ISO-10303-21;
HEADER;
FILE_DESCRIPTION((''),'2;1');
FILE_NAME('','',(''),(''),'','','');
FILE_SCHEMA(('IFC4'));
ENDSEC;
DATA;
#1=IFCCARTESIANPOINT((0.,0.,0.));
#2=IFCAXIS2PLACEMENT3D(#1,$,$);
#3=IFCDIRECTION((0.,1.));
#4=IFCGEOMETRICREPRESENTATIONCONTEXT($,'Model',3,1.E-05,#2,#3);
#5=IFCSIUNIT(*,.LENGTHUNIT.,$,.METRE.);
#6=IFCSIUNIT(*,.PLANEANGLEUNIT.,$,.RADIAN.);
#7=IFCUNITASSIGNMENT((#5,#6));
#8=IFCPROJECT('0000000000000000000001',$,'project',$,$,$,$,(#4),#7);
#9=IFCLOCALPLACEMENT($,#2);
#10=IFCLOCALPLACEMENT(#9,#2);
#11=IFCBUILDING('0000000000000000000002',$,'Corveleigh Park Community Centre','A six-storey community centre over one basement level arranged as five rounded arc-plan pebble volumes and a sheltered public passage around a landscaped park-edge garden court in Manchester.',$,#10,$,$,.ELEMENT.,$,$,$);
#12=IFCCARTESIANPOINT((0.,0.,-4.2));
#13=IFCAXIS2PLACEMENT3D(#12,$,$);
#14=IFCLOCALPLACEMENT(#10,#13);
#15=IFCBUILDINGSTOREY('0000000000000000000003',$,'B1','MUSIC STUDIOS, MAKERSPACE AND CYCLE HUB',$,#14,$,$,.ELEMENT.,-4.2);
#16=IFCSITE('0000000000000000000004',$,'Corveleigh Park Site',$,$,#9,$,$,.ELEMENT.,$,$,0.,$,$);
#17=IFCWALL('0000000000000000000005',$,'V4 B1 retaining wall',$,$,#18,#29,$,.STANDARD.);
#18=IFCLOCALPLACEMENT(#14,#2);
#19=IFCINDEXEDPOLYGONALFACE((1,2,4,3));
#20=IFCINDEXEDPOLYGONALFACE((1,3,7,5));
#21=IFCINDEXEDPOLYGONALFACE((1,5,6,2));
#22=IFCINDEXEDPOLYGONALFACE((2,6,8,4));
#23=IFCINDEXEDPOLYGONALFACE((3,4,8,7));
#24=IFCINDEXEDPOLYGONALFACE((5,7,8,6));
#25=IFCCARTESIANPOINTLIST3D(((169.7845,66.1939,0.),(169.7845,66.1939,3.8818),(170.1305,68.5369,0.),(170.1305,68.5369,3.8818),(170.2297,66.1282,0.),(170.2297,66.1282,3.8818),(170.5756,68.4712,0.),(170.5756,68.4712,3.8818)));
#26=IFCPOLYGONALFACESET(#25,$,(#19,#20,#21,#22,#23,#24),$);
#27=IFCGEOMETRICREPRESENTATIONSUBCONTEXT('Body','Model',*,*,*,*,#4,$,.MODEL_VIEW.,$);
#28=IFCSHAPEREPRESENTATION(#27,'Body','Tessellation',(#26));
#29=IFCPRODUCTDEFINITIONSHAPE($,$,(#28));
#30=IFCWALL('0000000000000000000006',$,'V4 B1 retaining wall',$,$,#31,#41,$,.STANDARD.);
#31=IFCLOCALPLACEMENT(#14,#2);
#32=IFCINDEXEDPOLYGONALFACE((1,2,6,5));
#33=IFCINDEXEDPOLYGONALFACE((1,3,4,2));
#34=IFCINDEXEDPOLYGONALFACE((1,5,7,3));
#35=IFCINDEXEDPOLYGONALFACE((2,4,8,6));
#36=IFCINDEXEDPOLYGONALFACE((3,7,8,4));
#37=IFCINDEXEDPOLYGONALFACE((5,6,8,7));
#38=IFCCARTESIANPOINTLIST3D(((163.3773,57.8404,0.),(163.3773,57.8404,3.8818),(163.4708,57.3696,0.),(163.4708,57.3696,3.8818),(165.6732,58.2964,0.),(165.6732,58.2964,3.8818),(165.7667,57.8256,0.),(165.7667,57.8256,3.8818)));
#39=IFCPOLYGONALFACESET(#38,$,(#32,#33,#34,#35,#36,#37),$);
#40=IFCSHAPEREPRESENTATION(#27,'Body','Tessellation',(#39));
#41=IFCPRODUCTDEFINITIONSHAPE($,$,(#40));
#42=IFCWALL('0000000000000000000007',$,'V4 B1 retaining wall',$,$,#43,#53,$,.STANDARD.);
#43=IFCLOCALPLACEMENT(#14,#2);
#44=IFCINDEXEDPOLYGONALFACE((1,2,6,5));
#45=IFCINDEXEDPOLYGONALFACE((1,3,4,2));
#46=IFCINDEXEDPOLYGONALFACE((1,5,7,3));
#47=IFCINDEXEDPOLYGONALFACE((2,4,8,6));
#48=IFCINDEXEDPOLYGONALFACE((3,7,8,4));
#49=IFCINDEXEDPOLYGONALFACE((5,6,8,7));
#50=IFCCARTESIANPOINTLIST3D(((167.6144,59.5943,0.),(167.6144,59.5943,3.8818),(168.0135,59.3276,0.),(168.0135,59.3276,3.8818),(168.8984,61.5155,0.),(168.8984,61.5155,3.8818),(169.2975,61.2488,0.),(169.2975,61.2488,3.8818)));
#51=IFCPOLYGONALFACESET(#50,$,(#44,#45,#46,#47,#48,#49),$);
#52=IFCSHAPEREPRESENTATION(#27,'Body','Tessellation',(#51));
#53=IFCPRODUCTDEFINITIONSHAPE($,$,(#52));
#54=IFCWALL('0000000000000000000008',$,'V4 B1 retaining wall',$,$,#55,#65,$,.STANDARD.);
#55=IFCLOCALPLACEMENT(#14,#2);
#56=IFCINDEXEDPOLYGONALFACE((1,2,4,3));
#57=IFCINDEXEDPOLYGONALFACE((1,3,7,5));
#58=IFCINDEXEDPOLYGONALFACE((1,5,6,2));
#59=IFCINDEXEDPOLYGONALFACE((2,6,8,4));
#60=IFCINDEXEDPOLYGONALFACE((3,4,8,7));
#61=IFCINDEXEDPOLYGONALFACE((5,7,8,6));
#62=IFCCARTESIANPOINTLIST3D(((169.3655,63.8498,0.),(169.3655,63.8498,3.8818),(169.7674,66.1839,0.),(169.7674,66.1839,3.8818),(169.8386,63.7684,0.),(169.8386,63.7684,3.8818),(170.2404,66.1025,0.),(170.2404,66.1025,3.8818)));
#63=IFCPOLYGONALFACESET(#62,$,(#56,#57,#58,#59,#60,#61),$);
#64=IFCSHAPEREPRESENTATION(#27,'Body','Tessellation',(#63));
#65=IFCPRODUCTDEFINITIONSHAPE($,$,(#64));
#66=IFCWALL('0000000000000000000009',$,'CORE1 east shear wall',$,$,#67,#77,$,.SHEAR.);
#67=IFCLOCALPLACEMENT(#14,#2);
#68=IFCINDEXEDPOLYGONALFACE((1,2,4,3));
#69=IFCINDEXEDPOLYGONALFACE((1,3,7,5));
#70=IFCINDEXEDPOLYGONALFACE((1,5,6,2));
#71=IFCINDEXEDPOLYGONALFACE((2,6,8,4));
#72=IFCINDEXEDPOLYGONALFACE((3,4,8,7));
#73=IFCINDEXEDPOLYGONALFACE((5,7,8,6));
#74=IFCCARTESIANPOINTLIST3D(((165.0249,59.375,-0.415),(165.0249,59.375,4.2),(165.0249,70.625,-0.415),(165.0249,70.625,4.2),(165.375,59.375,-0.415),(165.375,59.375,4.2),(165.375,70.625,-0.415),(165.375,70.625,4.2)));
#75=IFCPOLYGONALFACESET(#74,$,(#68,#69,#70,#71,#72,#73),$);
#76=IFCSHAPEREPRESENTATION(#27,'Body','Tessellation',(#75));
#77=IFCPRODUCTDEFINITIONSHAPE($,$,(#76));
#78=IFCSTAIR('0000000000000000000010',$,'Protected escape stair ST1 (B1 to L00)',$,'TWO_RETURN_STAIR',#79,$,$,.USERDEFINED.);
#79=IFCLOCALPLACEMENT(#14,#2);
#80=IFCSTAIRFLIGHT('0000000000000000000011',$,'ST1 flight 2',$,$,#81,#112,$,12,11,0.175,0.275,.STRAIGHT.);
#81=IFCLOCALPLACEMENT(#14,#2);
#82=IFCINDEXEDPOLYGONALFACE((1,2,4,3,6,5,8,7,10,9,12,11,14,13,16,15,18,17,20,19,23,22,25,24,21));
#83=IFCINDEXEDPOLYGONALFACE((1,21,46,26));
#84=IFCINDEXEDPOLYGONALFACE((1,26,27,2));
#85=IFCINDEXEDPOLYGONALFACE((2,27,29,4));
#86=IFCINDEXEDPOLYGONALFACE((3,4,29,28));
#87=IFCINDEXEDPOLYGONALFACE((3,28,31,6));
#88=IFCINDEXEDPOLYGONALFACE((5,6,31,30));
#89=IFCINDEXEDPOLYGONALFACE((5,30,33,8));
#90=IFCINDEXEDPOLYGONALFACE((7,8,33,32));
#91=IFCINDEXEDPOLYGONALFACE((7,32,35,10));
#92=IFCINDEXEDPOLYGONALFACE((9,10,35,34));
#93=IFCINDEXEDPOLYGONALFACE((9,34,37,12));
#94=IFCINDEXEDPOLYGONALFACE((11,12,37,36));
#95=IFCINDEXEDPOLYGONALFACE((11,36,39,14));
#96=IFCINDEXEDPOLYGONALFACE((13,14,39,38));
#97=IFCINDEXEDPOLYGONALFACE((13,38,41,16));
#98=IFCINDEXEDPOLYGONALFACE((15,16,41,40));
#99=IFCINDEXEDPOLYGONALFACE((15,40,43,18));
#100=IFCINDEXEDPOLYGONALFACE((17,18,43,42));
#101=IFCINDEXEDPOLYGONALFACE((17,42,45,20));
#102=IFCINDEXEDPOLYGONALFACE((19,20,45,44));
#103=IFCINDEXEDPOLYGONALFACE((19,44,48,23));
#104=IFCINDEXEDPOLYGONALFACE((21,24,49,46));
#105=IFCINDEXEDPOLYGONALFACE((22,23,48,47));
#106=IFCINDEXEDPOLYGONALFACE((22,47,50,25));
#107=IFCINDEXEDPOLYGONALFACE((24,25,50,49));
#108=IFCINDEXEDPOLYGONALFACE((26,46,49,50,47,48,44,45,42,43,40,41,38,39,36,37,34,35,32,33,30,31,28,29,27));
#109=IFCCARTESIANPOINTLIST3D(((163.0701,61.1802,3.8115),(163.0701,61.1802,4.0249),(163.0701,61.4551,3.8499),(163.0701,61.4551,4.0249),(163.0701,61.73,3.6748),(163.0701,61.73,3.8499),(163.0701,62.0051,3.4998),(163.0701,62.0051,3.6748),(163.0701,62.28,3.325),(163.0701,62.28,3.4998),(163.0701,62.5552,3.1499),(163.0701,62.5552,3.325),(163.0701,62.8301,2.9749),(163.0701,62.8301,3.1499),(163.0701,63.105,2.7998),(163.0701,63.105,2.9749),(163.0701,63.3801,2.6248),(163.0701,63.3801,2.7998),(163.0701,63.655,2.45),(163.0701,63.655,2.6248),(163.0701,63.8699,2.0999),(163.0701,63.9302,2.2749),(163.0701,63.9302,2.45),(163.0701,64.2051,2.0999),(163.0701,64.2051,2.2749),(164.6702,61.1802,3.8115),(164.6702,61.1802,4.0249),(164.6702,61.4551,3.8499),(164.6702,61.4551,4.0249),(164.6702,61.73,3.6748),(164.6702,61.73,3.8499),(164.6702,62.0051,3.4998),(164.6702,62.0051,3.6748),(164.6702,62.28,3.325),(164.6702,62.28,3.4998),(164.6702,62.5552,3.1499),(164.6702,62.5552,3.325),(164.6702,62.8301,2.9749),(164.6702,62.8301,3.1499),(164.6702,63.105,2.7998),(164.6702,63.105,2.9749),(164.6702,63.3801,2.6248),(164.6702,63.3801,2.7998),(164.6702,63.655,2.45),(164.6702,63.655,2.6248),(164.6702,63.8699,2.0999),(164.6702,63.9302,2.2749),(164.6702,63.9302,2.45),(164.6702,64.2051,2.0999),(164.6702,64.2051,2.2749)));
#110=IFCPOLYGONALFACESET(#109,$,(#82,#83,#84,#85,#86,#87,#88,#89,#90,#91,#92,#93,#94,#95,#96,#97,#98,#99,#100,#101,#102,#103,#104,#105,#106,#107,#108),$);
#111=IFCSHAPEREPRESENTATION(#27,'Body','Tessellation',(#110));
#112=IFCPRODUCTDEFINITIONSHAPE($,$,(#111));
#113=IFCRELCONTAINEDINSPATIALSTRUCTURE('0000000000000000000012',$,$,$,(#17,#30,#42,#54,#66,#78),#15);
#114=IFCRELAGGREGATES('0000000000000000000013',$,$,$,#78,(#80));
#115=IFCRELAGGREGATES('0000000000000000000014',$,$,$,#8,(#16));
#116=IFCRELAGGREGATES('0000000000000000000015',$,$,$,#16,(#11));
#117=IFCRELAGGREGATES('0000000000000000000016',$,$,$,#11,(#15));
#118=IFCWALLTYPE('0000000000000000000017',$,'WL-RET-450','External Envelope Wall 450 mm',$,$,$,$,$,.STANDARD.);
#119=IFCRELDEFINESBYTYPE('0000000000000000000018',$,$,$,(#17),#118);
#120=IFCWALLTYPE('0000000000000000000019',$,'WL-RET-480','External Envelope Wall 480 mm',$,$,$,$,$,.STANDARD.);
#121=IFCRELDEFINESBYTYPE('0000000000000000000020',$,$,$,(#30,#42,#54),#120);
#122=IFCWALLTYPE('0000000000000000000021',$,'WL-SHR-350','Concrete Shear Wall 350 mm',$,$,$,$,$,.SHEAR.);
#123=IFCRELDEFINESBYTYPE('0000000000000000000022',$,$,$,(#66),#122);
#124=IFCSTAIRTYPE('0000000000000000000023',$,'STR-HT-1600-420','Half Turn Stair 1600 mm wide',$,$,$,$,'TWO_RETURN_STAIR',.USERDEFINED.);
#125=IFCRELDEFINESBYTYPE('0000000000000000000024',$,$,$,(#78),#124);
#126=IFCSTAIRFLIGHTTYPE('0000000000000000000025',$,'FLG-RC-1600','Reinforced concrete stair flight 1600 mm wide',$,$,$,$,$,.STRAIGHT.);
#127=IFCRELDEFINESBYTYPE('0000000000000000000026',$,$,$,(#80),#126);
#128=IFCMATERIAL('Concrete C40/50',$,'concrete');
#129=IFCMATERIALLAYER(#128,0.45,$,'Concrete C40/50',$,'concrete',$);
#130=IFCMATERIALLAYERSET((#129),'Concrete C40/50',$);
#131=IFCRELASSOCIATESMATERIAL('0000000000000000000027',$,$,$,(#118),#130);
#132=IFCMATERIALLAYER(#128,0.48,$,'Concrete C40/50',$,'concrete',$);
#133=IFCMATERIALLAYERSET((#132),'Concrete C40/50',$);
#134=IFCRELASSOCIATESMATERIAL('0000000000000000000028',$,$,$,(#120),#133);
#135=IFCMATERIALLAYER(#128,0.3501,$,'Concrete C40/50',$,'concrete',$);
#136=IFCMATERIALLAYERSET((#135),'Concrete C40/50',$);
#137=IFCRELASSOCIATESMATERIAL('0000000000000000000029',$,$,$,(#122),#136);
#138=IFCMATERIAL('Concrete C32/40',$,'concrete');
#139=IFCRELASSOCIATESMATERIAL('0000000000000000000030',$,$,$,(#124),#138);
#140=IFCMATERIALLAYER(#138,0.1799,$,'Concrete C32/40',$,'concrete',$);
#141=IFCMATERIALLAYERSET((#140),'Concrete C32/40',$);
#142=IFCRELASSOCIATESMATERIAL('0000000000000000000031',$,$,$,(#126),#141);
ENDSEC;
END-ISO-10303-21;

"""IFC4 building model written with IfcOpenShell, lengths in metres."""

from ifc_helpers import new_model, si_unit, direction, frame, frame_2d, origin, place, context, subcontext, project, spatial, polyline, rectangle, outline, extrude, material, layer, layer_set, type_object, element, aggregate, save


model = new_model("IFC4")

# Units and contexts
model_context = context("Model", 3, precision=1e-05, world=origin(), true_north=direction((0.0, 1.0)))
body_context = subcontext(model_context, "Body", "Model", "MODEL_VIEW")
ifc_project = project(units=[si_unit("LENGTHUNIT", "METRE"), si_unit("PLANEANGLEUNIT", "RADIAN")], contexts=[model_context])

# Site, building, storey
site_placement = place(None, origin())
site = spatial("IfcSite", under=ifc_project, at=site_placement, Name="Corveleigh Park Site", CompositionType="ELEMENT", RefElevation=0.0)
building_placement = place(site_placement, origin())
building = spatial("IfcBuilding", under=site, at=building_placement, Name="Corveleigh Park Community Centre", Description="A six-storey community centre over one basement level arranged as five rounded arc-plan pebble volumes and a sheltered public passage around a landscaped park-edge garden court in Manchester.", CompositionType="ELEMENT")
storey_placement = place(building_placement, frame((0.0, 0.0, -4.2)))
storey = spatial("IfcBuildingStorey", under=building, at=storey_placement, Name="B1", Description="MUSIC STUDIOS, MAKERSPACE AND CYCLE HUB", CompositionType="ELEMENT", Elevation=-4.2)

# Shared definitions
ifc_material_1 = material(Name="Concrete C40/50", Category="concrete")

# Shared definitions
ifc_material_2 = material(Name="Concrete C32/40", Category="concrete")

# Walls
ifc_layer_1 = layer(ifc_material_1, 0.45, Name="Concrete C40/50", Category="concrete")
ifc_layer_set_1 = layer_set([ifc_layer_1], Name="Concrete C40/50")
wall_type_1 = type_object("IfcWallType", Name="WL-RET-450", Description="External Envelope Wall 450 mm", PredefinedType="STANDARD", material=ifc_layer_set_1)
wall_1_placement = place(storey_placement, frame((170.353, 68.5039, 0.0), z_axis=(0.0, 0.0, 1.0), x_axis=(-0.146067, -0.989275, 0.0)))
element("IfcWall", 1, at=wall_1_placement, inside=storey, type_object=wall_type_1, Name="V4 B1 retaining wall", PredefinedType="STANDARD", context=body_context, shape_type="SweptSolid", body=[
    extrude(rectangle(XDim=2.3684, YDim=0.45, at=frame_2d((1.1841, 0.0))), origin(), (0.0, 0.0, 1.0), 3.8818),
])
ifc_layer_2 = layer(ifc_material_1, 0.48, Name="Concrete C40/50", Category="concrete")
ifc_layer_set_2 = layer_set([ifc_layer_2], Name="Concrete C40/50")
wall_type_2 = type_object("IfcWallType", Name="WL-RET-480", Description="External Envelope Wall 480 mm", PredefinedType="STANDARD", material=ifc_layer_set_2)
wall_2_placement = place(storey_placement, frame((165.72, 58.061, 0.0), z_axis=(0.0, 0.0, 1.0), x_axis=(-0.980837, -0.194832, 0.0)))
element("IfcWall", 2, at=wall_2_placement, inside=storey, type_object=wall_type_2, Name="V4 B1 retaining wall", PredefinedType="STANDARD", context=body_context, shape_type="SweptSolid", body=[
    extrude(rectangle(XDim=2.3408, YDim=0.48, at=frame_2d((1.1704, 0.0))), origin(), (0.0, 0.0, 1.0), 3.8818),
])
wall_3_placement = place(storey_placement, frame((169.0979, 61.3821, 0.0), z_axis=(0.0, 0.0, 1.0), x_axis=(-0.555651, -0.831416, 0.0)))
element("IfcWall", 3, at=wall_3_placement, inside=storey, type_object=wall_type_2, Name="V4 B1 retaining wall", PredefinedType="STANDARD", context=body_context, shape_type="SweptSolid", body=[
    extrude(rectangle(XDim=2.3108, YDim=0.48, at=frame_2d((1.1553, 0.0))), origin(), (0.0, 0.0, 1.0), 3.8818),
])
wall_4_placement = place(storey_placement, frame((170.0039, 66.1431, 0.0), z_axis=(0.0, 0.0, 1.0), x_axis=(-0.169679, -0.985499, 0.0)))
element("IfcWall", 4, at=wall_4_placement, inside=storey, type_object=wall_type_2, Name="V4 B1 retaining wall", PredefinedType="STANDARD", context=body_context, shape_type="SweptSolid", body=[
    extrude(rectangle(XDim=2.3684, YDim=0.48, at=frame_2d((1.1841, 0.0))), origin(), (0.0, 0.0, 1.0), 3.8818),
])
ifc_layer_3 = layer(ifc_material_1, 0.3501, Name="Concrete C40/50", Category="concrete")
ifc_layer_set_3 = layer_set([ifc_layer_3], Name="Concrete C40/50")
wall_type_3 = type_object("IfcWallType", Name="WL-SHR-350", Description="Concrete Shear Wall 350 mm", PredefinedType="SHEAR", material=ifc_layer_set_3)
wall_5_placement = place(storey_placement, frame((165.2, 59.375, -0.415), z_axis=(0.0, 0.0, 1.0), x_axis=(0.0, 1.0, 0.0)))
element("IfcWall", 5, at=wall_5_placement, inside=storey, type_object=wall_type_3, Name="CORE1 east shear wall", PredefinedType="SHEAR", context=body_context, shape_type="SweptSolid", body=[
    extrude(rectangle(XDim=11.25, YDim=0.3501, at=frame_2d((5.625, 0.0))), origin(), (0.0, 0.0, 1.0), 4.615),
])

# Stair, stair flight
stair_type = type_object("IfcStairType", Name="STR-HT-1600-420", Description="Half Turn Stair 1600 mm wide", ElementType="TWO_RETURN_STAIR", PredefinedType="USERDEFINED", material=ifc_material_2)
stair_placement = place(storey_placement, origin())
stair = element("IfcStair", 6, at=stair_placement, inside=storey, type_object=stair_type, Name="Protected escape stair ST1 (B1 to L00)", ObjectType="TWO_RETURN_STAIR", PredefinedType="USERDEFINED")
ifc_layer_4 = layer(ifc_material_2, 0.1799, Name="Concrete C32/40", Category="concrete")
ifc_layer_set_4 = layer_set([ifc_layer_4], Name="Concrete C32/40")
stair_flight_type = type_object("IfcStairFlightType", Name="FLG-RC-1600", Description="Reinforced concrete stair flight 1600 mm wide", PredefinedType="STRAIGHT", material=ifc_layer_set_4)
stair_flight_placement = place(storey_placement, frame((163.8701, 64.2051, 2.0999), z_axis=(0.0, 0.0, 1.0), x_axis=(0.0, -1.0, 0.0)))
stair_flight = element("IfcStairFlight", 7, at=stair_flight_placement, type_object=stair_flight_type, Name="ST1 flight 2", NumberOfRisers=12, NumberOfTreads=11, PredefinedType="STRAIGHT", RiserHeight=0.175, TreadLength=0.275, context=body_context, shape_type="SweptSolid", body=[
    extrude(outline(polyline([(0.0, 0.0), (0.0, 0.175), (0.2749, 0.175), (0.2749, 0.3501), (0.55, 0.3501), (0.55, 0.5249), (0.825, 0.5249), (0.825, 0.7), (1.1001, 0.7), (1.1001, 0.875), (1.375, 0.875), (1.375, 1.05), (1.6499, 1.05), (1.6499, 1.2251), (1.925, 1.2251), (1.925, 1.3999), (2.2, 1.3999), (2.2, 1.575), (2.4751, 1.575), (2.4751, 1.75), (2.75, 1.75), (2.75, 1.925), (3.0249, 1.925), (3.0249, 2.1001), (3.0249, 1.7117), (0.3352, 0.0), (0.0, 0.0)])), frame((0.0, 0.8, 0.0), z_axis=(0.0, -1.0, 0.0), x_axis=(1.0, 0.0, 0.0)), (0.0, 0.0, 1.0), 1.6001),
])
aggregate(stair, [stair_flight])

save(model, "model.ifc")
